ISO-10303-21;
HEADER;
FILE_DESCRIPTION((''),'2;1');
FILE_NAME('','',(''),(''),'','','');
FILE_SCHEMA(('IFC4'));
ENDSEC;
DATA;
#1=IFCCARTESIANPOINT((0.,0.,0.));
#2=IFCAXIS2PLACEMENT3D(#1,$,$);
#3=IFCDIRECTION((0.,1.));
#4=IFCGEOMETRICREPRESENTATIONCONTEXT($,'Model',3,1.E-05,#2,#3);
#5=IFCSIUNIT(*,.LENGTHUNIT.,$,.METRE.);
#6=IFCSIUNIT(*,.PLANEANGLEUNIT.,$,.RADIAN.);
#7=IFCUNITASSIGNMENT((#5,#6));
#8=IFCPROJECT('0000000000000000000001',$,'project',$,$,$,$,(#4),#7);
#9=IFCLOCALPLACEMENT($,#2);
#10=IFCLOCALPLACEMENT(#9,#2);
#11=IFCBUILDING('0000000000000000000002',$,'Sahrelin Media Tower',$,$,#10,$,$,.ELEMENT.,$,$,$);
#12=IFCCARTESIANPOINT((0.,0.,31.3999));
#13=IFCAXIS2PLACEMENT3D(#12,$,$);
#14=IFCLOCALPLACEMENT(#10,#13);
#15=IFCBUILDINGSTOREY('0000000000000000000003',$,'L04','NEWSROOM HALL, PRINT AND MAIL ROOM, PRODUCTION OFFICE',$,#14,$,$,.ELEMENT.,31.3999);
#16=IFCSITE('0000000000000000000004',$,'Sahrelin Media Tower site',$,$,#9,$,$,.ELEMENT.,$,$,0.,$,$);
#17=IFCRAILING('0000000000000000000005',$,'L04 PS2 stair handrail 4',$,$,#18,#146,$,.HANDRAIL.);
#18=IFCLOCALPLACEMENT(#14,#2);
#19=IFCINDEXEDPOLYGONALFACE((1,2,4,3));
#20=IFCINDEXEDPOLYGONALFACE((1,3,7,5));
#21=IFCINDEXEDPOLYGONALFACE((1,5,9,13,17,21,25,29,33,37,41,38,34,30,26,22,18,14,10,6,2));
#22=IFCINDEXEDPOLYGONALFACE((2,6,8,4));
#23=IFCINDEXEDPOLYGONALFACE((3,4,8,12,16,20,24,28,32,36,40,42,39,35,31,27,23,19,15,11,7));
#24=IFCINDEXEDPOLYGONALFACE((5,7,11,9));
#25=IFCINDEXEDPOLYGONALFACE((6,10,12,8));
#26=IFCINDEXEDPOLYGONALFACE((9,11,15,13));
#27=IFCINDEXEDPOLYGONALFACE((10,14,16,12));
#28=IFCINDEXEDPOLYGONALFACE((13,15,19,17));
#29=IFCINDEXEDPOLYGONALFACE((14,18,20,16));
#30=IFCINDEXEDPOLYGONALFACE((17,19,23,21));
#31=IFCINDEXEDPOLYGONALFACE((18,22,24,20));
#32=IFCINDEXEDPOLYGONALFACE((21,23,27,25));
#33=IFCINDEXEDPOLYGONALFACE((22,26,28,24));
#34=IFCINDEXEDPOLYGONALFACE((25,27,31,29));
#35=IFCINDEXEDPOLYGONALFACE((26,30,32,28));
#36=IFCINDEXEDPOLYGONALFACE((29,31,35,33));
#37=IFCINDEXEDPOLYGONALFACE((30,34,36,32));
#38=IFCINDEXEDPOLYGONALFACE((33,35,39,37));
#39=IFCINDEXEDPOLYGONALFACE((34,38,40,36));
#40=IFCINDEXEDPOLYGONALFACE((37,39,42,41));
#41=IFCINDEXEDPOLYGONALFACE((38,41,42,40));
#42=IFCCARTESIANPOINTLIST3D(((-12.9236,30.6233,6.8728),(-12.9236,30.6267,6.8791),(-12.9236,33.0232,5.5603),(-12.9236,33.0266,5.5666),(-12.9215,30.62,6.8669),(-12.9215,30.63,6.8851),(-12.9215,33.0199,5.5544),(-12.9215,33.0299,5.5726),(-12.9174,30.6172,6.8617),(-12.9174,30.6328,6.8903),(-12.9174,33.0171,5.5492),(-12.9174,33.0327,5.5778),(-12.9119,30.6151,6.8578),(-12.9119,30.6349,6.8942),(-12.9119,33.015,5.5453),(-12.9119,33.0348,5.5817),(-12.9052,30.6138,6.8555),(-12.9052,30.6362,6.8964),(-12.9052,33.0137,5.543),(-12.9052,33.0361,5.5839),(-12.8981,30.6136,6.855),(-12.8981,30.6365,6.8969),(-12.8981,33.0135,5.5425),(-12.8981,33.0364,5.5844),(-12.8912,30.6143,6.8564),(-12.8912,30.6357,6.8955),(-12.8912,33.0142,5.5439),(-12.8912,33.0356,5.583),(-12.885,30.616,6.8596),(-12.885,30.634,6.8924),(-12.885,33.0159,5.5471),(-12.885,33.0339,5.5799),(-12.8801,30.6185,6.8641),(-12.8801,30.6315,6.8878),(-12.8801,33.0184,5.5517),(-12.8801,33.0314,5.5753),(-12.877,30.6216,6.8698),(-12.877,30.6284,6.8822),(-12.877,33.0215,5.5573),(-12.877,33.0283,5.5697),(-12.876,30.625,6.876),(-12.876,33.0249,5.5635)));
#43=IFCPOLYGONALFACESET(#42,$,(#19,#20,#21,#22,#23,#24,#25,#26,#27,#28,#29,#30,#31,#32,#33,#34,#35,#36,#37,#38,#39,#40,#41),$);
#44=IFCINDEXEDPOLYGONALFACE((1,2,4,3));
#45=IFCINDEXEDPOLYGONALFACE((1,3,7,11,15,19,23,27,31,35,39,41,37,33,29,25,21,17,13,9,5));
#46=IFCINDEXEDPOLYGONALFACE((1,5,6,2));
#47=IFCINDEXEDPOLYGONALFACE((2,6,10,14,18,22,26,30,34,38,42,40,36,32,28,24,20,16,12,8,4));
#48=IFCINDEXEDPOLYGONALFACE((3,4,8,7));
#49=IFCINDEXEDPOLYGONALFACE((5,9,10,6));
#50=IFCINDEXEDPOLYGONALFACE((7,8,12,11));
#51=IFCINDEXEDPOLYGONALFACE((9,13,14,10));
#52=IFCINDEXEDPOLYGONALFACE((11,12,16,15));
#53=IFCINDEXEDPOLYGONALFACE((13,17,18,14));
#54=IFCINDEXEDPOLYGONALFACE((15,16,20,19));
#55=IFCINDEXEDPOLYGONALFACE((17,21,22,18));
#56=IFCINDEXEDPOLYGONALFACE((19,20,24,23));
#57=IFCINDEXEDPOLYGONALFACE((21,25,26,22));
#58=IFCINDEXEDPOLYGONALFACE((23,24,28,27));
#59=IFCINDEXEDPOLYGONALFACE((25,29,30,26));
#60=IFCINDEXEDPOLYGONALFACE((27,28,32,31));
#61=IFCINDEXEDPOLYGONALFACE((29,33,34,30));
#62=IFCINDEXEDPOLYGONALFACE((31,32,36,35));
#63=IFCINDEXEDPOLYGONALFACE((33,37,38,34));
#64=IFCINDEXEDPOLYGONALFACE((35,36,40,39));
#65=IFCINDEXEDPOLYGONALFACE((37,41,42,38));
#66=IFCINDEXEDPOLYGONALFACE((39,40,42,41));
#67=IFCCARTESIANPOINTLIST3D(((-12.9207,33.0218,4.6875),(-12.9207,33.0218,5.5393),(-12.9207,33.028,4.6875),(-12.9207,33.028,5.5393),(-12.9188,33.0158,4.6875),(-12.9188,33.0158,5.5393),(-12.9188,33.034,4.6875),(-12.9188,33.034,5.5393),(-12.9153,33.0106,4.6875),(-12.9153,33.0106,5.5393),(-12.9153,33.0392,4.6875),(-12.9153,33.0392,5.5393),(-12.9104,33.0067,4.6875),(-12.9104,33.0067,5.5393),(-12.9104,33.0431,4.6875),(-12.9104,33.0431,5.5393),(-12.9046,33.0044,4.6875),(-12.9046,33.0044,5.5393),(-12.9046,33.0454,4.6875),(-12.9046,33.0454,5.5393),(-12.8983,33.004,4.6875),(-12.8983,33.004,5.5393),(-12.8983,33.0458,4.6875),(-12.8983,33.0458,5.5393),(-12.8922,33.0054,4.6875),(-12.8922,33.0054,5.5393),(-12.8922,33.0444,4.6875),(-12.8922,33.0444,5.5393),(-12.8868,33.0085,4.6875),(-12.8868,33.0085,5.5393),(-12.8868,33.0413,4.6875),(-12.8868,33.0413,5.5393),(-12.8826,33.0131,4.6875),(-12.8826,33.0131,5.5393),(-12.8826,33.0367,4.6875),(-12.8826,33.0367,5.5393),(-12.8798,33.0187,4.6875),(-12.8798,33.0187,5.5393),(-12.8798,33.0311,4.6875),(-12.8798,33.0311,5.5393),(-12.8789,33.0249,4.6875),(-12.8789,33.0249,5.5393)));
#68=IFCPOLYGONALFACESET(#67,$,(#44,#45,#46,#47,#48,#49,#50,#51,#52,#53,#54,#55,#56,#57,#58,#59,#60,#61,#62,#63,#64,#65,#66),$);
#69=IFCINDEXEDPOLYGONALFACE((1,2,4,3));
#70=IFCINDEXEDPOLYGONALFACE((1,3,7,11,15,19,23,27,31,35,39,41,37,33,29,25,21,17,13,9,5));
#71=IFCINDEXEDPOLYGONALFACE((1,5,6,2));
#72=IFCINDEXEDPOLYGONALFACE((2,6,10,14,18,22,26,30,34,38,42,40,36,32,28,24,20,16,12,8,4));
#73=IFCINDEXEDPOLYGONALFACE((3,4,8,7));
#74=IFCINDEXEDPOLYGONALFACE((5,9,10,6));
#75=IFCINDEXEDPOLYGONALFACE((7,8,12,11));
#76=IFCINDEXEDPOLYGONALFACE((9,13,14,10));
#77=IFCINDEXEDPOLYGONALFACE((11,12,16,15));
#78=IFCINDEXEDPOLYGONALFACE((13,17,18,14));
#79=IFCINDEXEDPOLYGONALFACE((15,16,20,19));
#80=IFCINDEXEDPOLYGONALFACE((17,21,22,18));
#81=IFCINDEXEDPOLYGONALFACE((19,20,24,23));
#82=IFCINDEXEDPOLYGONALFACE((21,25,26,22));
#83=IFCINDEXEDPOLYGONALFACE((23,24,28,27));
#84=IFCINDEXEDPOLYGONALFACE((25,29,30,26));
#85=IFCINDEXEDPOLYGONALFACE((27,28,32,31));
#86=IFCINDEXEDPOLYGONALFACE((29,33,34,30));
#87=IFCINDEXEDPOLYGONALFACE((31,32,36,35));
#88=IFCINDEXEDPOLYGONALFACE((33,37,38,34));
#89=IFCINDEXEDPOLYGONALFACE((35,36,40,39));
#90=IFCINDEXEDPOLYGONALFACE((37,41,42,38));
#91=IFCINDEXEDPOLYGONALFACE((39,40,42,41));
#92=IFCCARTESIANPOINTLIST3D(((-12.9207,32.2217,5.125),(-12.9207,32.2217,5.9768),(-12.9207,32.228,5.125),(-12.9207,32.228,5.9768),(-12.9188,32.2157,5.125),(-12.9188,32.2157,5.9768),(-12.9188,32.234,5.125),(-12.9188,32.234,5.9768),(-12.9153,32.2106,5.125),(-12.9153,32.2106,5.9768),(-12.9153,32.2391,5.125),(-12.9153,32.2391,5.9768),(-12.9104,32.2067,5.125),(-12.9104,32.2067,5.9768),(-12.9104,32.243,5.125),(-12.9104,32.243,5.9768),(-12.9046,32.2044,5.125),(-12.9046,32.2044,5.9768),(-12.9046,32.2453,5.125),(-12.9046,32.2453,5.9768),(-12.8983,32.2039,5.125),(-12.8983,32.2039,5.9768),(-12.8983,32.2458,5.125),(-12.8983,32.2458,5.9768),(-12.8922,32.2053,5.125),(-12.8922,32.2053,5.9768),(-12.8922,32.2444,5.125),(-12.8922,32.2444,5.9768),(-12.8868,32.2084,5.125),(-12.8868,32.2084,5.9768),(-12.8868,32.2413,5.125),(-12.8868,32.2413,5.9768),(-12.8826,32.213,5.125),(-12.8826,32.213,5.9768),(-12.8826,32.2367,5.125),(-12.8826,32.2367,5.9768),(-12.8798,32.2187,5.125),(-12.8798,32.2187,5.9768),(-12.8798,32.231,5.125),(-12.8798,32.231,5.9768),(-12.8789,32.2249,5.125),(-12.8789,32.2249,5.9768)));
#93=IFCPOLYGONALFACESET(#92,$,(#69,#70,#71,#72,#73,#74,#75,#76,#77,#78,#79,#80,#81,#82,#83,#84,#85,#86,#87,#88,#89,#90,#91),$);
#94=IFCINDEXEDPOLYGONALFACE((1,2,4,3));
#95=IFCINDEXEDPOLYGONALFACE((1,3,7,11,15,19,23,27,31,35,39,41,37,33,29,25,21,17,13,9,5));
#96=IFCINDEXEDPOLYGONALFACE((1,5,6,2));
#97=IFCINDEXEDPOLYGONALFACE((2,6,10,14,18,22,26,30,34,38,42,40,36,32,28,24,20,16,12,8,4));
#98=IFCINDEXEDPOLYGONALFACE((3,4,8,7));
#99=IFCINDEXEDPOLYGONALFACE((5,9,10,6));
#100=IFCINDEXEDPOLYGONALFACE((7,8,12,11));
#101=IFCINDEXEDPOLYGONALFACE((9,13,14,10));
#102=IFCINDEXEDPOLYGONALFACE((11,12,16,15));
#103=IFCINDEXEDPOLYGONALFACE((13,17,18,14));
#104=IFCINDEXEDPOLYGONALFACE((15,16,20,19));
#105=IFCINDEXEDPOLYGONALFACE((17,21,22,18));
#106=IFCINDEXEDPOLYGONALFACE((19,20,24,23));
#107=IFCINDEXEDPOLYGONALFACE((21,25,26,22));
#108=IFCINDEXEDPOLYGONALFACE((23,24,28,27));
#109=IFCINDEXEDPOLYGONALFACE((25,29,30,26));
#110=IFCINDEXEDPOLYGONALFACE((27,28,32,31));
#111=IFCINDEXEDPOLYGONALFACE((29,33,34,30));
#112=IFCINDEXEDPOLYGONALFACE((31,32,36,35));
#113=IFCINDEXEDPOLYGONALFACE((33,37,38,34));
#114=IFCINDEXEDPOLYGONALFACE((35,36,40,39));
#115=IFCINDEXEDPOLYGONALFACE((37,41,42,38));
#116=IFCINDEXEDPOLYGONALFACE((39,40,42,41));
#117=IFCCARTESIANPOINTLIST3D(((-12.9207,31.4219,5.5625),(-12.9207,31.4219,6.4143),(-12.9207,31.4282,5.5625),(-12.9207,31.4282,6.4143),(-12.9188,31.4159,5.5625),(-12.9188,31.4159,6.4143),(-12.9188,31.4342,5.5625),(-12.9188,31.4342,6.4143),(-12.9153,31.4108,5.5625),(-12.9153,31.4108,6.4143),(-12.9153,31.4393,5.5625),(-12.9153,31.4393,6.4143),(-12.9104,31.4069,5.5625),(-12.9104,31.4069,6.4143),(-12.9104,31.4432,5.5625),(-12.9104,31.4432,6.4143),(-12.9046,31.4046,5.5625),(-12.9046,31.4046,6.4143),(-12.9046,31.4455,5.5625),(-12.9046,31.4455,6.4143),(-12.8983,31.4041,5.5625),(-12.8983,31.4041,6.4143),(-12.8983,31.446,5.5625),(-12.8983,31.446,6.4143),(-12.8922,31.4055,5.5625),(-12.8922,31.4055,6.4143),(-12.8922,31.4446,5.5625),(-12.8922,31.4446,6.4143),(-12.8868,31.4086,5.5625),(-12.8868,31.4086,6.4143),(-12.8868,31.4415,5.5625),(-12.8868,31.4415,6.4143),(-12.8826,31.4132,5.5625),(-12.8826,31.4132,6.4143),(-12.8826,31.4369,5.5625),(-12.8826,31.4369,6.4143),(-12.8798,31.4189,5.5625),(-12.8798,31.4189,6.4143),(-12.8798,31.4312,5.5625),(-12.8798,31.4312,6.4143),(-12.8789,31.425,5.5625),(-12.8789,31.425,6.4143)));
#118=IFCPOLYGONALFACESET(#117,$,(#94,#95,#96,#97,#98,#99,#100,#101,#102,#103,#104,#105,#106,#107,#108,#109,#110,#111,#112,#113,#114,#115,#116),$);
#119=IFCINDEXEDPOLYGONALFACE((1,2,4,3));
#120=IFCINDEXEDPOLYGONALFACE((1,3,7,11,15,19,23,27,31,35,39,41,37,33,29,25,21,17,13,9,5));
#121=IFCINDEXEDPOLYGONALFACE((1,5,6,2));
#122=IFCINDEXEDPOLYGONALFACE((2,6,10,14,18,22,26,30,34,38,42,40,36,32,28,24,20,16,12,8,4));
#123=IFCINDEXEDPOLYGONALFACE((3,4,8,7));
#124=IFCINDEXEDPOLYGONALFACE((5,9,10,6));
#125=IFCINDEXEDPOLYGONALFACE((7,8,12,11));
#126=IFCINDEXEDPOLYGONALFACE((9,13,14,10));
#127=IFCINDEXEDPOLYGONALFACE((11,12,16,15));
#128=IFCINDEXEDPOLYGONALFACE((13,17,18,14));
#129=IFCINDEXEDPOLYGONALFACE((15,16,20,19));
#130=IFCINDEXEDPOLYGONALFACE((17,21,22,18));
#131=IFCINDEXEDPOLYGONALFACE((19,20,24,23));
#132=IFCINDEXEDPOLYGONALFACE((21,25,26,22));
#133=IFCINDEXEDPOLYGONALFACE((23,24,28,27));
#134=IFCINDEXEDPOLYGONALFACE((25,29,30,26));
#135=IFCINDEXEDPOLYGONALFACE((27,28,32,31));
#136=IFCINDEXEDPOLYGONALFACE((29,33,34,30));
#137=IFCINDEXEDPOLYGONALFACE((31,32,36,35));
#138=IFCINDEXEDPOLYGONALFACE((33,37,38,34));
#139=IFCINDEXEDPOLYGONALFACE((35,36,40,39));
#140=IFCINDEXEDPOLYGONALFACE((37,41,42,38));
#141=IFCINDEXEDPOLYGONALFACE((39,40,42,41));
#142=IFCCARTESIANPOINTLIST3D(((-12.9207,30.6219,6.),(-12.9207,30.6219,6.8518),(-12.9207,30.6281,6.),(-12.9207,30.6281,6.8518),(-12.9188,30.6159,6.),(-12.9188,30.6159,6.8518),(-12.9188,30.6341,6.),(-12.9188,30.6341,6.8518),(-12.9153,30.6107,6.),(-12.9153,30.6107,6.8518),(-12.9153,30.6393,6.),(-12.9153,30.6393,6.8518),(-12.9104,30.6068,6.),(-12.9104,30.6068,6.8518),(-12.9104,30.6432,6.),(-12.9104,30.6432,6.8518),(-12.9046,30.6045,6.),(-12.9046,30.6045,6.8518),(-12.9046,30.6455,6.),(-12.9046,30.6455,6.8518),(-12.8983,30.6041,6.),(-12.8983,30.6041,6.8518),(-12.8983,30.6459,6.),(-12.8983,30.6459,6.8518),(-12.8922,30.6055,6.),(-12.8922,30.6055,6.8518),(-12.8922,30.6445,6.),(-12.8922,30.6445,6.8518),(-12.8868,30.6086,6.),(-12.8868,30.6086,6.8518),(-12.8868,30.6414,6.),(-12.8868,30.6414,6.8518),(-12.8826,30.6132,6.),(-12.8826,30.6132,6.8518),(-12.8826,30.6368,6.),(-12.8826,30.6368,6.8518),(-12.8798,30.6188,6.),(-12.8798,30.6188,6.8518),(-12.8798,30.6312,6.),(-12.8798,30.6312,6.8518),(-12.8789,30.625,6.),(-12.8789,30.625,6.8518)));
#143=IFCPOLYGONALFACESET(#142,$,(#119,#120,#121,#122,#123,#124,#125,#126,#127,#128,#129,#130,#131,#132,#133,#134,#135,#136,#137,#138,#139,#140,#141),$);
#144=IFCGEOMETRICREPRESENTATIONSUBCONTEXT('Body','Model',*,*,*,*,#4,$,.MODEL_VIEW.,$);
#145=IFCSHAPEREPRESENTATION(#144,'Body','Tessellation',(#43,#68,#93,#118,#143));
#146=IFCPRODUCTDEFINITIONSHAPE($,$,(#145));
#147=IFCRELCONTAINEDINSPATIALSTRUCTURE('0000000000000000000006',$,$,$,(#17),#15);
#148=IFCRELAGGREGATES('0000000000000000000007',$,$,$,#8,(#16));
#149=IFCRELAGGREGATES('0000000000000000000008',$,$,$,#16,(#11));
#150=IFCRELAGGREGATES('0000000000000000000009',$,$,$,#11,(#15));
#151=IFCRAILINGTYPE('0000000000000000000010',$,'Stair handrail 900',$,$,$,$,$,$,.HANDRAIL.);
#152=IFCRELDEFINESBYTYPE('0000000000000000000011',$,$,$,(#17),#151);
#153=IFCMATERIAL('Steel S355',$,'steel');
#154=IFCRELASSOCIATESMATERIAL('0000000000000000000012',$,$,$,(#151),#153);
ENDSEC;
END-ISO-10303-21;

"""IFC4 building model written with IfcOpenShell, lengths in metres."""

from ifc_helpers import new_model, si_unit, direction, frame, origin, origin_2d, place, context, subcontext, project, spatial, circle, extrude, material, type_object, element, save


model = new_model("IFC4")

# Units and contexts
model_context = context("Model", 3, precision=1e-05, world=origin(), true_north=direction((0.0, 1.0)))
body_context = subcontext(model_context, "Body", "Model", "MODEL_VIEW")
ifc_project = project(units=[si_unit("LENGTHUNIT", "METRE"), si_unit("PLANEANGLEUNIT", "RADIAN")], contexts=[model_context])

# Site, building, storey
site_placement = place(None, origin())
site = spatial("IfcSite", under=ifc_project, at=site_placement, Name="Sahrelin Media Tower site", CompositionType="ELEMENT", RefElevation=0.0)
building_placement = place(site_placement, origin())
building = spatial("IfcBuilding", under=site, at=building_placement, Name="Sahrelin Media Tower", CompositionType="ELEMENT")
storey_placement = place(building_placement, frame((0.0, 0.0, 31.3999)))
storey = spatial("IfcBuildingStorey", under=building, at=storey_placement, Name="L04", Description="NEWSROOM HALL, PRINT AND MAIL ROOM, PRODUCTION OFFICE", CompositionType="ELEMENT", Elevation=31.3999)

# Shared definitions
ifc_material_1 = material(Name="Steel S355", Category="steel")

# Railing
railing_type_1 = type_object("IfcRailingType", Name="Stair handrail 900", PredefinedType="HANDRAIL", material=ifc_material_1)
for number, where, name in (
    (1, (-12.8999, 33.0249, 4.6875), "L04 PS2 stair handrail 4"),
):
    element("IfcRailing", number, at=place(storey_placement, frame(where)), inside=storey, type_object=railing_type_1, Name=name, PredefinedType="HANDRAIL", context=body_context, shape_type="SweptSolid", body=[
        extrude(circle(Radius=0.0239, at=origin_2d()), frame((0.0, 0.0, 0.876), z_axis=(0.0, -0.877363, 0.479827), x_axis=(1.0, 0.0, 0.0)), (0.0, 0.0, 1.0), 2.7354),
        extrude(circle(Radius=0.021, at=origin_2d()), origin(), (0.0, 0.0, 1.0), 0.8518),
        extrude(circle(Radius=0.021, at=origin_2d()), frame((0.0, -0.8, 0.4375)), (0.0, 0.0, 1.0), 0.8518),
        extrude(circle(Radius=0.021, at=origin_2d()), frame((0.0, -1.5999, 0.875)), (0.0, 0.0, 1.0), 0.8518),
        extrude(circle(Radius=0.021, at=origin_2d()), frame((0.0, -2.3999, 1.3125)), (0.0, 0.0, 1.0), 0.8518),
    ])

save(model, "model.ifc")
